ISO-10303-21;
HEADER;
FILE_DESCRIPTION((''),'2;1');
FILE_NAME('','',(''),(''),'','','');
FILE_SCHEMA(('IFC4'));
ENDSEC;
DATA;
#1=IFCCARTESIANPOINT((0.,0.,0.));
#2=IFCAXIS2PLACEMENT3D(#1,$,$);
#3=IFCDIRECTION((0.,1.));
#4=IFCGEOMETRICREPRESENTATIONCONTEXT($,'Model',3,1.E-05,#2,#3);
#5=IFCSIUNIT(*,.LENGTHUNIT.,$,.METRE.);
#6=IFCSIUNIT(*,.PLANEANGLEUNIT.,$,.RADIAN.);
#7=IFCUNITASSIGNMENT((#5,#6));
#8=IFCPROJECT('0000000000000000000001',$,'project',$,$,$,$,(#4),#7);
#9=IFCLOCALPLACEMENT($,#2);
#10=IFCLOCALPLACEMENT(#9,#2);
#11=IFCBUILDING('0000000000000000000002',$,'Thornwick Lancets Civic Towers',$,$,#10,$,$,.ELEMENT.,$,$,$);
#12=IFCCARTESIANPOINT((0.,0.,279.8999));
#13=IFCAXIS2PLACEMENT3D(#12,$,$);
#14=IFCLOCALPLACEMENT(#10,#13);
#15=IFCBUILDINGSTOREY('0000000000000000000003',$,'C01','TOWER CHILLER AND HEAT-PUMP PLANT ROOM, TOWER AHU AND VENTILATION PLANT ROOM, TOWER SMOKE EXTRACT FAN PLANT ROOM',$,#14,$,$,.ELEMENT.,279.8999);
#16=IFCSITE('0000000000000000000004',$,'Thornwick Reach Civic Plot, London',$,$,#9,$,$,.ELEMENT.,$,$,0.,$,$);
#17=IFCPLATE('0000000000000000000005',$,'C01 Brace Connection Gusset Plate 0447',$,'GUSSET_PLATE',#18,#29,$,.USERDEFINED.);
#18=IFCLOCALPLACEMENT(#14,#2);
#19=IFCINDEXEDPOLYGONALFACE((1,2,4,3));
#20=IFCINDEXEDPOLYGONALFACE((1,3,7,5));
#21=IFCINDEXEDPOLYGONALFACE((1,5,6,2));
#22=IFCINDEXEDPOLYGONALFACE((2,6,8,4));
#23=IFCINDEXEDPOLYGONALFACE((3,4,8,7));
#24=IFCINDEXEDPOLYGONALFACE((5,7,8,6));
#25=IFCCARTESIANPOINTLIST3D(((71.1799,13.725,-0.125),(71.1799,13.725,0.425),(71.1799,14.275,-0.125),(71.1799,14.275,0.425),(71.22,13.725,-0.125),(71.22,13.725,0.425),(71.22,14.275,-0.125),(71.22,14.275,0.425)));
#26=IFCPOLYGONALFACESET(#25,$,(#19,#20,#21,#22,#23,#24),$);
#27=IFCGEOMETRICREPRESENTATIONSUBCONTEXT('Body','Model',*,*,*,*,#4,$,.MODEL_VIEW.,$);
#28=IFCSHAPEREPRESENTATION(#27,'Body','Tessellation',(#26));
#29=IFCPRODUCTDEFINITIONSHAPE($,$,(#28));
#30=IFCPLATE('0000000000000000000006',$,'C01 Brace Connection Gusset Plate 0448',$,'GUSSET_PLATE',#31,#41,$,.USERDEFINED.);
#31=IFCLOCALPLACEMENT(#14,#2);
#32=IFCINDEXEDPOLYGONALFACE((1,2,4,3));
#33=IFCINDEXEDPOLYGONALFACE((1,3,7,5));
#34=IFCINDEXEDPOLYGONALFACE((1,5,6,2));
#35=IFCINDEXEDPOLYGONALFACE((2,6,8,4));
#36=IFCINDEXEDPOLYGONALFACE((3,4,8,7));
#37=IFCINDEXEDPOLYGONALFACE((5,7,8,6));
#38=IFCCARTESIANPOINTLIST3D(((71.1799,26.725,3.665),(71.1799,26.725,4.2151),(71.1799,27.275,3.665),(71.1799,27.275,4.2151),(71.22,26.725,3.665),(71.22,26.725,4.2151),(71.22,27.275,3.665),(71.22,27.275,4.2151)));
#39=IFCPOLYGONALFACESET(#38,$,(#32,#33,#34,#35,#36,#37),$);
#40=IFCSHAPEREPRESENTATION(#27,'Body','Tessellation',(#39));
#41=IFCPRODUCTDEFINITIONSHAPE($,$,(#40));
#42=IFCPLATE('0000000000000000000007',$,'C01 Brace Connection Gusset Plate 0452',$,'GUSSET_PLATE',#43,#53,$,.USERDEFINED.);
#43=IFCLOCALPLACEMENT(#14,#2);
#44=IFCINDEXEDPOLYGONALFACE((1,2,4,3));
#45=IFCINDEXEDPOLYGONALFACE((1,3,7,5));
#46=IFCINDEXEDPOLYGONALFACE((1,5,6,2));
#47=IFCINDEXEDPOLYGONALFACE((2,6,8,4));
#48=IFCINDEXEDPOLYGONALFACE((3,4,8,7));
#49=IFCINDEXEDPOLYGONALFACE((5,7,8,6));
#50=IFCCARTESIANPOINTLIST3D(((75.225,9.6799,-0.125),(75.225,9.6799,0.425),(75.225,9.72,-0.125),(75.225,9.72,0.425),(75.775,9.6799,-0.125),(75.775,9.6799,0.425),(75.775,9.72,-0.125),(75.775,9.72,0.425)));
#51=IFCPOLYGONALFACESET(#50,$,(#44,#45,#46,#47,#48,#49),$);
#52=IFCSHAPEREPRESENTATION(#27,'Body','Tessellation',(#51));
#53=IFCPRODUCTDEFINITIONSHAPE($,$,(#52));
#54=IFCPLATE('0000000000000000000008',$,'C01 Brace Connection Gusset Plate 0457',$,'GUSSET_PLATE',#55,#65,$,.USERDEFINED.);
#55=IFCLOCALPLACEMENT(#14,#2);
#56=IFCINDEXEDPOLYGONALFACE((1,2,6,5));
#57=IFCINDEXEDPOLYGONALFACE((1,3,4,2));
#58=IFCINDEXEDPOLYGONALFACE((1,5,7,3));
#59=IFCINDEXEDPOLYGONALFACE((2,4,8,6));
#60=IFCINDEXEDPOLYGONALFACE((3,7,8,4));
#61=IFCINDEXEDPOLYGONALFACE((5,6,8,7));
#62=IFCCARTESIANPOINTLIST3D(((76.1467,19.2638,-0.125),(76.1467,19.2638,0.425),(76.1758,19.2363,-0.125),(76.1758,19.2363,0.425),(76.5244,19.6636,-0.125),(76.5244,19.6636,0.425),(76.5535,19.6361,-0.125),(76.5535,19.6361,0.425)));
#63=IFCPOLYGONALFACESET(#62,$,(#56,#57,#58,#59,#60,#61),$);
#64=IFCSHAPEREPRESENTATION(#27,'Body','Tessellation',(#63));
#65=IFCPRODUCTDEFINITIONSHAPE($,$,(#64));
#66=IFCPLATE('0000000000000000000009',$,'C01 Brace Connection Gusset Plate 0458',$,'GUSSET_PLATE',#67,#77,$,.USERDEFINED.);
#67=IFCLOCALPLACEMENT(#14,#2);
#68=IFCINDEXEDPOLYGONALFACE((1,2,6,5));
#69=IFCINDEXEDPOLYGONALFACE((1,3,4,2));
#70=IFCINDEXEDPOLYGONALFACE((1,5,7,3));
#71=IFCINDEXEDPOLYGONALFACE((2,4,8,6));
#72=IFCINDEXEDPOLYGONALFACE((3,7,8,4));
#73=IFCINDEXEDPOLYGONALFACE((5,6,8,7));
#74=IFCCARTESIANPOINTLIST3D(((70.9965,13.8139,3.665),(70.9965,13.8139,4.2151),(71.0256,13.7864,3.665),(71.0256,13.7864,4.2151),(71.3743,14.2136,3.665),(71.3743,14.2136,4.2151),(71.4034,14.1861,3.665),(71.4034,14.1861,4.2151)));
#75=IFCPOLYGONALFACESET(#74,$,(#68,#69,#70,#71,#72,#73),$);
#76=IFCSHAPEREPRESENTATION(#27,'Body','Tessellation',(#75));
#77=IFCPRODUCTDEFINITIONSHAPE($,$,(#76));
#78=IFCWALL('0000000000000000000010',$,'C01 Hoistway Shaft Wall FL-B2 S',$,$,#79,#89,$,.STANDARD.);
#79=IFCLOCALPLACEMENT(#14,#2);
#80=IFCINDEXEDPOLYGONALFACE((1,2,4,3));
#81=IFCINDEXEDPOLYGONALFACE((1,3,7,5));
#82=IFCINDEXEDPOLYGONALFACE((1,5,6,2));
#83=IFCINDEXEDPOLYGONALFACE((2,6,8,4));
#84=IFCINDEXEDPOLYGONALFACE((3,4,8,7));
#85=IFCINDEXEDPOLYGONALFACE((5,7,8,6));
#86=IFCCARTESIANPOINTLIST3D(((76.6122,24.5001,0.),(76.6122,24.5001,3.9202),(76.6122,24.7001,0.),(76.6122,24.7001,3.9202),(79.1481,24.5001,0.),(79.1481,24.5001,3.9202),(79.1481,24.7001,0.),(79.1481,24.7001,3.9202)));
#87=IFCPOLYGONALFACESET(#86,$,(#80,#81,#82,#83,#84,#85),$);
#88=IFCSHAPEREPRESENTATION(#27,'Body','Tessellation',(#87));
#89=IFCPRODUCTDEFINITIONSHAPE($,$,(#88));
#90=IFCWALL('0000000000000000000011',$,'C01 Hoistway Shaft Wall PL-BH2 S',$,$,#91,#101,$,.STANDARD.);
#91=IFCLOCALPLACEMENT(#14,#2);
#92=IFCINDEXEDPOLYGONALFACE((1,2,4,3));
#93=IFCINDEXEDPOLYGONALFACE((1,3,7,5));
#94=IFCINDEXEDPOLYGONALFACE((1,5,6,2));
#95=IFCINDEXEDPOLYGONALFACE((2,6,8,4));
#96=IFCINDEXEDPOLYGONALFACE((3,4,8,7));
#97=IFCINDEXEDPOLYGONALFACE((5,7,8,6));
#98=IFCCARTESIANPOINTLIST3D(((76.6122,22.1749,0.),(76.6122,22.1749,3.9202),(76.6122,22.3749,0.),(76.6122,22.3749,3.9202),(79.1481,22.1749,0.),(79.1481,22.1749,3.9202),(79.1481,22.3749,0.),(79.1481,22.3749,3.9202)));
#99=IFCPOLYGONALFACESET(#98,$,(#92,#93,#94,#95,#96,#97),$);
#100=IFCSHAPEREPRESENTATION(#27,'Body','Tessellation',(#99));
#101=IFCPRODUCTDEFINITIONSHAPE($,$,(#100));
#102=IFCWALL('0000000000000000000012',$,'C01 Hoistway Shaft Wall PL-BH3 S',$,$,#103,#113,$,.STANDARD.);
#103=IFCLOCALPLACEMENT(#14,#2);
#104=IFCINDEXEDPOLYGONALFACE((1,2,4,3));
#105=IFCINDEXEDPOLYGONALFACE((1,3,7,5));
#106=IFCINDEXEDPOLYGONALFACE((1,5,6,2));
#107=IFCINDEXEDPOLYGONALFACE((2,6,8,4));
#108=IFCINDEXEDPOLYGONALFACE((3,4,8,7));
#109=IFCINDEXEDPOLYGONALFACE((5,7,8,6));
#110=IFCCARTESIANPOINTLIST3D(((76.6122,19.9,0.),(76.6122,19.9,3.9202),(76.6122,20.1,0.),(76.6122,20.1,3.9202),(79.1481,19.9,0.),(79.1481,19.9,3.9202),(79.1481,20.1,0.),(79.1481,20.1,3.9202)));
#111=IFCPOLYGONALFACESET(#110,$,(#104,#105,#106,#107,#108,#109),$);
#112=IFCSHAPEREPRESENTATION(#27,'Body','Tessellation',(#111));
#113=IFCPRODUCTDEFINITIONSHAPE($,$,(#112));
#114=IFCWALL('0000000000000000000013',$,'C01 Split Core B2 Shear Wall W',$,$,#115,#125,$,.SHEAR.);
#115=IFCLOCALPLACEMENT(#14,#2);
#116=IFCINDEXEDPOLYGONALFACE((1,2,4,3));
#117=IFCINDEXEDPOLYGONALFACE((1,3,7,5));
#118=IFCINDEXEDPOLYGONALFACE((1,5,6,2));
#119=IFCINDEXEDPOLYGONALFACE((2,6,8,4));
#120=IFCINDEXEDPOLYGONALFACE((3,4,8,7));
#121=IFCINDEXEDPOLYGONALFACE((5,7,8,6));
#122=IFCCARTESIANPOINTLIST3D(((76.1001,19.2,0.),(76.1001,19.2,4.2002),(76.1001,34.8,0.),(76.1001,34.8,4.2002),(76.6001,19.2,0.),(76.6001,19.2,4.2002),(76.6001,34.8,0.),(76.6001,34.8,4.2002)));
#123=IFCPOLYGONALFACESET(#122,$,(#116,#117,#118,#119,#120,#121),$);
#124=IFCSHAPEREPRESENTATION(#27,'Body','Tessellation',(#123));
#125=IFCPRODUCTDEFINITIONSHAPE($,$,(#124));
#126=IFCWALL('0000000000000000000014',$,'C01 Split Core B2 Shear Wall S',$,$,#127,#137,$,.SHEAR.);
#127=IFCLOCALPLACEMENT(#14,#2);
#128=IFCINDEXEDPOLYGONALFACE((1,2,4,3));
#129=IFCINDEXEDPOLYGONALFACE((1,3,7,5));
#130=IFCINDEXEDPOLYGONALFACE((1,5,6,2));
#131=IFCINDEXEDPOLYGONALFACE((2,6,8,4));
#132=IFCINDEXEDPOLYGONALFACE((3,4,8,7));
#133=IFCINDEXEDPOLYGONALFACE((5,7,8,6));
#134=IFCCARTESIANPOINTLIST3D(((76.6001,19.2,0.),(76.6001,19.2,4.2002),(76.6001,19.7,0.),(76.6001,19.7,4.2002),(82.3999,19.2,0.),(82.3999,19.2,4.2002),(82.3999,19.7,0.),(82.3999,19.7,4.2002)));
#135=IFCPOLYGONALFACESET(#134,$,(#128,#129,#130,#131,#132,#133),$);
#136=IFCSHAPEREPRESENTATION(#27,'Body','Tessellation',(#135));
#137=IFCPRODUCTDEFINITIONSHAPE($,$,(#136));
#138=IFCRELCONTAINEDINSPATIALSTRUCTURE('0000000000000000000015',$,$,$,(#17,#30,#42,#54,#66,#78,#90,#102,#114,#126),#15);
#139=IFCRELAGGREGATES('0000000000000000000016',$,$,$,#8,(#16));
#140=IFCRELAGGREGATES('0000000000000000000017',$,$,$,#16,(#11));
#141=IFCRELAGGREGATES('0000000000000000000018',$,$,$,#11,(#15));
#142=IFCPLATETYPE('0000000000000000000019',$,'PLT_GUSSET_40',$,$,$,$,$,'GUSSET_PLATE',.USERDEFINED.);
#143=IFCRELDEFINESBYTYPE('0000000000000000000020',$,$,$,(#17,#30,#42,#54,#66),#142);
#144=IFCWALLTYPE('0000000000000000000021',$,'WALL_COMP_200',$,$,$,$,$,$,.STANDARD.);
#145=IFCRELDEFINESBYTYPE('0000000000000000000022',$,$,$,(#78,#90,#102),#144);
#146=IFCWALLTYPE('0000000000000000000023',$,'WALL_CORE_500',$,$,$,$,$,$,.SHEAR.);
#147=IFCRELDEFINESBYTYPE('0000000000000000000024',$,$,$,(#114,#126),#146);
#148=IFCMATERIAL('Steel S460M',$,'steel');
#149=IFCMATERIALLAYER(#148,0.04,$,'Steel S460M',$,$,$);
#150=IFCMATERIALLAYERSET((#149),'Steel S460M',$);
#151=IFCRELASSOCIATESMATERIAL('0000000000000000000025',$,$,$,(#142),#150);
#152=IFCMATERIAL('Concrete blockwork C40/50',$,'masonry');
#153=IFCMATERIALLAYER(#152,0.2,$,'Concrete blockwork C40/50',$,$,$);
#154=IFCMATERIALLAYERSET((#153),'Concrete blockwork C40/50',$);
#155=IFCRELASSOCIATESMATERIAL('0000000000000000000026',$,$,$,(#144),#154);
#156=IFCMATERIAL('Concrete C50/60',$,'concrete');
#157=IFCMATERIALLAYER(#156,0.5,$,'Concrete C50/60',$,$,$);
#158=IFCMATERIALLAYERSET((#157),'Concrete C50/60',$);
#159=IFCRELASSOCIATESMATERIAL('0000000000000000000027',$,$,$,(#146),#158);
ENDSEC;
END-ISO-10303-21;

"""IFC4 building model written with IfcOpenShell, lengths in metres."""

from ifc_helpers import new_model, si_unit, direction, frame, frame_2d, origin, origin_2d, place, context, subcontext, project, spatial, rectangle, extrude, material, layer, layer_set, type_object, element, save


model = new_model("IFC4")

# Units and contexts
model_context = context("Model", 3, precision=1e-05, world=origin(), true_north=direction((0.0, 1.0)))
body_context = subcontext(model_context, "Body", "Model", "MODEL_VIEW")
ifc_project = project(units=[si_unit("LENGTHUNIT", "METRE"), si_unit("PLANEANGLEUNIT", "RADIAN")], contexts=[model_context])

# Site, building, storey
site_placement = place(None, origin())
site = spatial("IfcSite", under=ifc_project, at=site_placement, Name="Thornwick Reach Civic Plot, London", CompositionType="ELEMENT", RefElevation=0.0)
building_placement = place(site_placement, origin())
building = spatial("IfcBuilding", under=site, at=building_placement, Name="Thornwick Lancets Civic Towers", CompositionType="ELEMENT")
storey_placement = place(building_placement, frame((0.0, 0.0, 279.8999)))
storey = spatial("IfcBuildingStorey", under=building, at=storey_placement, Name="C01", Description="TOWER CHILLER AND HEAT-PUMP PLANT ROOM, TOWER AHU AND VENTILATION PLANT ROOM, TOWER SMOKE EXTRACT FAN PLANT ROOM", CompositionType="ELEMENT", Elevation=279.8999)

# Shared definitions
ifc_material_1 = material(Name="Concrete C50/60", Category="concrete")

# Shared definitions
ifc_material_2 = material(Name="Steel S460M", Category="steel")

# Plates
ifc_layer_1 = layer(ifc_material_2, 0.04, Name="Steel S460M")
ifc_layer_set_1 = layer_set([ifc_layer_1], Name="Steel S460M")
plate_type_1 = type_object("IfcPlateType", Name="PLT_GUSSET_40", ElementType="GUSSET_PLATE", PredefinedType="USERDEFINED", material=ifc_layer_set_1)
for number, where, z_axis, x_axis, name in (
    (1, (71.2, 14.0, -0.125), (0.0, 0.0, 1.0), (0.0, 1.0, 0.0), "C01 Brace Connection Gusset Plate 0447"),
    (2, (71.2, 27.0, 3.665), (0.0, 0.0, 1.0), (0.0, 1.0, 0.0), "C01 Brace Connection Gusset Plate 0448"),
    (3, (75.5, 9.7, -0.125), (0.0, 0.0, 1.0), (1.0, 0.0, 0.0), "C01 Brace Connection Gusset Plate 0452"),
    (4, (76.3501, 19.45, -0.125), (0.0, 0.0, 1.0), (-0.686834, -0.726814, 0.0), "C01 Brace Connection Gusset Plate 0457"),
    (5, (71.2, 14.0, 3.665), (0.0, 0.0, 1.0), (-0.686834, -0.726814, 0.0), "C01 Brace Connection Gusset Plate 0458"),
):
    element("IfcPlate", number, at=place(storey_placement, frame(where, z_axis=z_axis, x_axis=x_axis)), inside=storey, type_object=plate_type_1, Name=name, ObjectType="GUSSET_PLATE", PredefinedType="USERDEFINED", context=body_context, shape_type="SweptSolid", body=[
        extrude(rectangle(XDim=0.55, YDim=0.04, at=origin_2d()), origin(), (0.0, 0.0, 1.0), 0.55),
    ])

# Walls
ifc_material_3 = material(Name="Concrete blockwork C40/50", Category="masonry")
ifc_layer_2 = layer(ifc_material_3, 0.2, Name="Concrete blockwork C40/50")
ifc_layer_set_2 = layer_set([ifc_layer_2], Name="Concrete blockwork C40/50")
wall_type_1 = type_object("IfcWallType", Name="WALL_COMP_200", PredefinedType="STANDARD", material=ifc_layer_set_2)
for number, where, z_axis, x_axis, name in (
    (6, (76.6121, 24.6001, 0.0), (0.0, 0.0, 1.0), (1.0, 0.0, 0.0), "C01 Hoistway Shaft Wall FL-B2 S"),
    (7, (76.6121, 22.2749, 0.0), (0.0, 0.0, 1.0), (1.0, 0.0, 0.0), "C01 Hoistway Shaft Wall PL-BH2 S"),
    (8, (76.6121, 20.0, 0.0), (0.0, 0.0, 1.0), (1.0, 0.0, 0.0), "C01 Hoistway Shaft Wall PL-BH3 S"),
):
    element("IfcWall", number, at=place(storey_placement, frame(where, z_axis=z_axis, x_axis=x_axis)), inside=storey, type_object=wall_type_1, Name=name, PredefinedType="STANDARD", context=body_context, shape_type="SweptSolid", body=[
        extrude(rectangle(XDim=2.5359, YDim=0.2, at=frame_2d((1.2681, 0.0))), origin(), (0.0, 0.0, 1.0), 3.9202),
    ])
ifc_layer_3 = layer(ifc_material_1, 0.5, Name="Concrete C50/60")
ifc_layer_set_3 = layer_set([ifc_layer_3], Name="Concrete C50/60")
wall_type_2 = type_object("IfcWallType", Name="WALL_CORE_500", PredefinedType="SHEAR", material=ifc_layer_set_3)
wall_1_placement = place(storey_placement, frame((76.3501, 19.2, 0.0), z_axis=(0.0, 0.0, 1.0), x_axis=(0.0, 1.0, 0.0)))
element("IfcWall", 9, at=wall_1_placement, inside=storey, type_object=wall_type_2, Name="C01 Split Core B2 Shear Wall W", PredefinedType="SHEAR", context=body_context, shape_type="SweptSolid", body=[
    extrude(rectangle(XDim=15.6001, YDim=0.5, at=frame_2d((7.8, 0.0))), origin(), (0.0, 0.0, 1.0), 4.2002),
])
wall_2_placement = place(storey_placement, frame((76.6001, 19.45, 0.0), z_axis=(0.0, 0.0, 1.0), x_axis=(1.0, 0.0, 0.0)))
element("IfcWall", 10, at=wall_2_placement, inside=storey, type_object=wall_type_2, Name="C01 Split Core B2 Shear Wall S", PredefinedType="SHEAR", context=body_context, shape_type="SweptSolid", body=[
    extrude(rectangle(XDim=5.7998, YDim=0.5, at=frame_2d((2.8999, 0.0))), origin(), (0.0, 0.0, 1.0), 4.2002),
])

save(model, "model.ifc")
